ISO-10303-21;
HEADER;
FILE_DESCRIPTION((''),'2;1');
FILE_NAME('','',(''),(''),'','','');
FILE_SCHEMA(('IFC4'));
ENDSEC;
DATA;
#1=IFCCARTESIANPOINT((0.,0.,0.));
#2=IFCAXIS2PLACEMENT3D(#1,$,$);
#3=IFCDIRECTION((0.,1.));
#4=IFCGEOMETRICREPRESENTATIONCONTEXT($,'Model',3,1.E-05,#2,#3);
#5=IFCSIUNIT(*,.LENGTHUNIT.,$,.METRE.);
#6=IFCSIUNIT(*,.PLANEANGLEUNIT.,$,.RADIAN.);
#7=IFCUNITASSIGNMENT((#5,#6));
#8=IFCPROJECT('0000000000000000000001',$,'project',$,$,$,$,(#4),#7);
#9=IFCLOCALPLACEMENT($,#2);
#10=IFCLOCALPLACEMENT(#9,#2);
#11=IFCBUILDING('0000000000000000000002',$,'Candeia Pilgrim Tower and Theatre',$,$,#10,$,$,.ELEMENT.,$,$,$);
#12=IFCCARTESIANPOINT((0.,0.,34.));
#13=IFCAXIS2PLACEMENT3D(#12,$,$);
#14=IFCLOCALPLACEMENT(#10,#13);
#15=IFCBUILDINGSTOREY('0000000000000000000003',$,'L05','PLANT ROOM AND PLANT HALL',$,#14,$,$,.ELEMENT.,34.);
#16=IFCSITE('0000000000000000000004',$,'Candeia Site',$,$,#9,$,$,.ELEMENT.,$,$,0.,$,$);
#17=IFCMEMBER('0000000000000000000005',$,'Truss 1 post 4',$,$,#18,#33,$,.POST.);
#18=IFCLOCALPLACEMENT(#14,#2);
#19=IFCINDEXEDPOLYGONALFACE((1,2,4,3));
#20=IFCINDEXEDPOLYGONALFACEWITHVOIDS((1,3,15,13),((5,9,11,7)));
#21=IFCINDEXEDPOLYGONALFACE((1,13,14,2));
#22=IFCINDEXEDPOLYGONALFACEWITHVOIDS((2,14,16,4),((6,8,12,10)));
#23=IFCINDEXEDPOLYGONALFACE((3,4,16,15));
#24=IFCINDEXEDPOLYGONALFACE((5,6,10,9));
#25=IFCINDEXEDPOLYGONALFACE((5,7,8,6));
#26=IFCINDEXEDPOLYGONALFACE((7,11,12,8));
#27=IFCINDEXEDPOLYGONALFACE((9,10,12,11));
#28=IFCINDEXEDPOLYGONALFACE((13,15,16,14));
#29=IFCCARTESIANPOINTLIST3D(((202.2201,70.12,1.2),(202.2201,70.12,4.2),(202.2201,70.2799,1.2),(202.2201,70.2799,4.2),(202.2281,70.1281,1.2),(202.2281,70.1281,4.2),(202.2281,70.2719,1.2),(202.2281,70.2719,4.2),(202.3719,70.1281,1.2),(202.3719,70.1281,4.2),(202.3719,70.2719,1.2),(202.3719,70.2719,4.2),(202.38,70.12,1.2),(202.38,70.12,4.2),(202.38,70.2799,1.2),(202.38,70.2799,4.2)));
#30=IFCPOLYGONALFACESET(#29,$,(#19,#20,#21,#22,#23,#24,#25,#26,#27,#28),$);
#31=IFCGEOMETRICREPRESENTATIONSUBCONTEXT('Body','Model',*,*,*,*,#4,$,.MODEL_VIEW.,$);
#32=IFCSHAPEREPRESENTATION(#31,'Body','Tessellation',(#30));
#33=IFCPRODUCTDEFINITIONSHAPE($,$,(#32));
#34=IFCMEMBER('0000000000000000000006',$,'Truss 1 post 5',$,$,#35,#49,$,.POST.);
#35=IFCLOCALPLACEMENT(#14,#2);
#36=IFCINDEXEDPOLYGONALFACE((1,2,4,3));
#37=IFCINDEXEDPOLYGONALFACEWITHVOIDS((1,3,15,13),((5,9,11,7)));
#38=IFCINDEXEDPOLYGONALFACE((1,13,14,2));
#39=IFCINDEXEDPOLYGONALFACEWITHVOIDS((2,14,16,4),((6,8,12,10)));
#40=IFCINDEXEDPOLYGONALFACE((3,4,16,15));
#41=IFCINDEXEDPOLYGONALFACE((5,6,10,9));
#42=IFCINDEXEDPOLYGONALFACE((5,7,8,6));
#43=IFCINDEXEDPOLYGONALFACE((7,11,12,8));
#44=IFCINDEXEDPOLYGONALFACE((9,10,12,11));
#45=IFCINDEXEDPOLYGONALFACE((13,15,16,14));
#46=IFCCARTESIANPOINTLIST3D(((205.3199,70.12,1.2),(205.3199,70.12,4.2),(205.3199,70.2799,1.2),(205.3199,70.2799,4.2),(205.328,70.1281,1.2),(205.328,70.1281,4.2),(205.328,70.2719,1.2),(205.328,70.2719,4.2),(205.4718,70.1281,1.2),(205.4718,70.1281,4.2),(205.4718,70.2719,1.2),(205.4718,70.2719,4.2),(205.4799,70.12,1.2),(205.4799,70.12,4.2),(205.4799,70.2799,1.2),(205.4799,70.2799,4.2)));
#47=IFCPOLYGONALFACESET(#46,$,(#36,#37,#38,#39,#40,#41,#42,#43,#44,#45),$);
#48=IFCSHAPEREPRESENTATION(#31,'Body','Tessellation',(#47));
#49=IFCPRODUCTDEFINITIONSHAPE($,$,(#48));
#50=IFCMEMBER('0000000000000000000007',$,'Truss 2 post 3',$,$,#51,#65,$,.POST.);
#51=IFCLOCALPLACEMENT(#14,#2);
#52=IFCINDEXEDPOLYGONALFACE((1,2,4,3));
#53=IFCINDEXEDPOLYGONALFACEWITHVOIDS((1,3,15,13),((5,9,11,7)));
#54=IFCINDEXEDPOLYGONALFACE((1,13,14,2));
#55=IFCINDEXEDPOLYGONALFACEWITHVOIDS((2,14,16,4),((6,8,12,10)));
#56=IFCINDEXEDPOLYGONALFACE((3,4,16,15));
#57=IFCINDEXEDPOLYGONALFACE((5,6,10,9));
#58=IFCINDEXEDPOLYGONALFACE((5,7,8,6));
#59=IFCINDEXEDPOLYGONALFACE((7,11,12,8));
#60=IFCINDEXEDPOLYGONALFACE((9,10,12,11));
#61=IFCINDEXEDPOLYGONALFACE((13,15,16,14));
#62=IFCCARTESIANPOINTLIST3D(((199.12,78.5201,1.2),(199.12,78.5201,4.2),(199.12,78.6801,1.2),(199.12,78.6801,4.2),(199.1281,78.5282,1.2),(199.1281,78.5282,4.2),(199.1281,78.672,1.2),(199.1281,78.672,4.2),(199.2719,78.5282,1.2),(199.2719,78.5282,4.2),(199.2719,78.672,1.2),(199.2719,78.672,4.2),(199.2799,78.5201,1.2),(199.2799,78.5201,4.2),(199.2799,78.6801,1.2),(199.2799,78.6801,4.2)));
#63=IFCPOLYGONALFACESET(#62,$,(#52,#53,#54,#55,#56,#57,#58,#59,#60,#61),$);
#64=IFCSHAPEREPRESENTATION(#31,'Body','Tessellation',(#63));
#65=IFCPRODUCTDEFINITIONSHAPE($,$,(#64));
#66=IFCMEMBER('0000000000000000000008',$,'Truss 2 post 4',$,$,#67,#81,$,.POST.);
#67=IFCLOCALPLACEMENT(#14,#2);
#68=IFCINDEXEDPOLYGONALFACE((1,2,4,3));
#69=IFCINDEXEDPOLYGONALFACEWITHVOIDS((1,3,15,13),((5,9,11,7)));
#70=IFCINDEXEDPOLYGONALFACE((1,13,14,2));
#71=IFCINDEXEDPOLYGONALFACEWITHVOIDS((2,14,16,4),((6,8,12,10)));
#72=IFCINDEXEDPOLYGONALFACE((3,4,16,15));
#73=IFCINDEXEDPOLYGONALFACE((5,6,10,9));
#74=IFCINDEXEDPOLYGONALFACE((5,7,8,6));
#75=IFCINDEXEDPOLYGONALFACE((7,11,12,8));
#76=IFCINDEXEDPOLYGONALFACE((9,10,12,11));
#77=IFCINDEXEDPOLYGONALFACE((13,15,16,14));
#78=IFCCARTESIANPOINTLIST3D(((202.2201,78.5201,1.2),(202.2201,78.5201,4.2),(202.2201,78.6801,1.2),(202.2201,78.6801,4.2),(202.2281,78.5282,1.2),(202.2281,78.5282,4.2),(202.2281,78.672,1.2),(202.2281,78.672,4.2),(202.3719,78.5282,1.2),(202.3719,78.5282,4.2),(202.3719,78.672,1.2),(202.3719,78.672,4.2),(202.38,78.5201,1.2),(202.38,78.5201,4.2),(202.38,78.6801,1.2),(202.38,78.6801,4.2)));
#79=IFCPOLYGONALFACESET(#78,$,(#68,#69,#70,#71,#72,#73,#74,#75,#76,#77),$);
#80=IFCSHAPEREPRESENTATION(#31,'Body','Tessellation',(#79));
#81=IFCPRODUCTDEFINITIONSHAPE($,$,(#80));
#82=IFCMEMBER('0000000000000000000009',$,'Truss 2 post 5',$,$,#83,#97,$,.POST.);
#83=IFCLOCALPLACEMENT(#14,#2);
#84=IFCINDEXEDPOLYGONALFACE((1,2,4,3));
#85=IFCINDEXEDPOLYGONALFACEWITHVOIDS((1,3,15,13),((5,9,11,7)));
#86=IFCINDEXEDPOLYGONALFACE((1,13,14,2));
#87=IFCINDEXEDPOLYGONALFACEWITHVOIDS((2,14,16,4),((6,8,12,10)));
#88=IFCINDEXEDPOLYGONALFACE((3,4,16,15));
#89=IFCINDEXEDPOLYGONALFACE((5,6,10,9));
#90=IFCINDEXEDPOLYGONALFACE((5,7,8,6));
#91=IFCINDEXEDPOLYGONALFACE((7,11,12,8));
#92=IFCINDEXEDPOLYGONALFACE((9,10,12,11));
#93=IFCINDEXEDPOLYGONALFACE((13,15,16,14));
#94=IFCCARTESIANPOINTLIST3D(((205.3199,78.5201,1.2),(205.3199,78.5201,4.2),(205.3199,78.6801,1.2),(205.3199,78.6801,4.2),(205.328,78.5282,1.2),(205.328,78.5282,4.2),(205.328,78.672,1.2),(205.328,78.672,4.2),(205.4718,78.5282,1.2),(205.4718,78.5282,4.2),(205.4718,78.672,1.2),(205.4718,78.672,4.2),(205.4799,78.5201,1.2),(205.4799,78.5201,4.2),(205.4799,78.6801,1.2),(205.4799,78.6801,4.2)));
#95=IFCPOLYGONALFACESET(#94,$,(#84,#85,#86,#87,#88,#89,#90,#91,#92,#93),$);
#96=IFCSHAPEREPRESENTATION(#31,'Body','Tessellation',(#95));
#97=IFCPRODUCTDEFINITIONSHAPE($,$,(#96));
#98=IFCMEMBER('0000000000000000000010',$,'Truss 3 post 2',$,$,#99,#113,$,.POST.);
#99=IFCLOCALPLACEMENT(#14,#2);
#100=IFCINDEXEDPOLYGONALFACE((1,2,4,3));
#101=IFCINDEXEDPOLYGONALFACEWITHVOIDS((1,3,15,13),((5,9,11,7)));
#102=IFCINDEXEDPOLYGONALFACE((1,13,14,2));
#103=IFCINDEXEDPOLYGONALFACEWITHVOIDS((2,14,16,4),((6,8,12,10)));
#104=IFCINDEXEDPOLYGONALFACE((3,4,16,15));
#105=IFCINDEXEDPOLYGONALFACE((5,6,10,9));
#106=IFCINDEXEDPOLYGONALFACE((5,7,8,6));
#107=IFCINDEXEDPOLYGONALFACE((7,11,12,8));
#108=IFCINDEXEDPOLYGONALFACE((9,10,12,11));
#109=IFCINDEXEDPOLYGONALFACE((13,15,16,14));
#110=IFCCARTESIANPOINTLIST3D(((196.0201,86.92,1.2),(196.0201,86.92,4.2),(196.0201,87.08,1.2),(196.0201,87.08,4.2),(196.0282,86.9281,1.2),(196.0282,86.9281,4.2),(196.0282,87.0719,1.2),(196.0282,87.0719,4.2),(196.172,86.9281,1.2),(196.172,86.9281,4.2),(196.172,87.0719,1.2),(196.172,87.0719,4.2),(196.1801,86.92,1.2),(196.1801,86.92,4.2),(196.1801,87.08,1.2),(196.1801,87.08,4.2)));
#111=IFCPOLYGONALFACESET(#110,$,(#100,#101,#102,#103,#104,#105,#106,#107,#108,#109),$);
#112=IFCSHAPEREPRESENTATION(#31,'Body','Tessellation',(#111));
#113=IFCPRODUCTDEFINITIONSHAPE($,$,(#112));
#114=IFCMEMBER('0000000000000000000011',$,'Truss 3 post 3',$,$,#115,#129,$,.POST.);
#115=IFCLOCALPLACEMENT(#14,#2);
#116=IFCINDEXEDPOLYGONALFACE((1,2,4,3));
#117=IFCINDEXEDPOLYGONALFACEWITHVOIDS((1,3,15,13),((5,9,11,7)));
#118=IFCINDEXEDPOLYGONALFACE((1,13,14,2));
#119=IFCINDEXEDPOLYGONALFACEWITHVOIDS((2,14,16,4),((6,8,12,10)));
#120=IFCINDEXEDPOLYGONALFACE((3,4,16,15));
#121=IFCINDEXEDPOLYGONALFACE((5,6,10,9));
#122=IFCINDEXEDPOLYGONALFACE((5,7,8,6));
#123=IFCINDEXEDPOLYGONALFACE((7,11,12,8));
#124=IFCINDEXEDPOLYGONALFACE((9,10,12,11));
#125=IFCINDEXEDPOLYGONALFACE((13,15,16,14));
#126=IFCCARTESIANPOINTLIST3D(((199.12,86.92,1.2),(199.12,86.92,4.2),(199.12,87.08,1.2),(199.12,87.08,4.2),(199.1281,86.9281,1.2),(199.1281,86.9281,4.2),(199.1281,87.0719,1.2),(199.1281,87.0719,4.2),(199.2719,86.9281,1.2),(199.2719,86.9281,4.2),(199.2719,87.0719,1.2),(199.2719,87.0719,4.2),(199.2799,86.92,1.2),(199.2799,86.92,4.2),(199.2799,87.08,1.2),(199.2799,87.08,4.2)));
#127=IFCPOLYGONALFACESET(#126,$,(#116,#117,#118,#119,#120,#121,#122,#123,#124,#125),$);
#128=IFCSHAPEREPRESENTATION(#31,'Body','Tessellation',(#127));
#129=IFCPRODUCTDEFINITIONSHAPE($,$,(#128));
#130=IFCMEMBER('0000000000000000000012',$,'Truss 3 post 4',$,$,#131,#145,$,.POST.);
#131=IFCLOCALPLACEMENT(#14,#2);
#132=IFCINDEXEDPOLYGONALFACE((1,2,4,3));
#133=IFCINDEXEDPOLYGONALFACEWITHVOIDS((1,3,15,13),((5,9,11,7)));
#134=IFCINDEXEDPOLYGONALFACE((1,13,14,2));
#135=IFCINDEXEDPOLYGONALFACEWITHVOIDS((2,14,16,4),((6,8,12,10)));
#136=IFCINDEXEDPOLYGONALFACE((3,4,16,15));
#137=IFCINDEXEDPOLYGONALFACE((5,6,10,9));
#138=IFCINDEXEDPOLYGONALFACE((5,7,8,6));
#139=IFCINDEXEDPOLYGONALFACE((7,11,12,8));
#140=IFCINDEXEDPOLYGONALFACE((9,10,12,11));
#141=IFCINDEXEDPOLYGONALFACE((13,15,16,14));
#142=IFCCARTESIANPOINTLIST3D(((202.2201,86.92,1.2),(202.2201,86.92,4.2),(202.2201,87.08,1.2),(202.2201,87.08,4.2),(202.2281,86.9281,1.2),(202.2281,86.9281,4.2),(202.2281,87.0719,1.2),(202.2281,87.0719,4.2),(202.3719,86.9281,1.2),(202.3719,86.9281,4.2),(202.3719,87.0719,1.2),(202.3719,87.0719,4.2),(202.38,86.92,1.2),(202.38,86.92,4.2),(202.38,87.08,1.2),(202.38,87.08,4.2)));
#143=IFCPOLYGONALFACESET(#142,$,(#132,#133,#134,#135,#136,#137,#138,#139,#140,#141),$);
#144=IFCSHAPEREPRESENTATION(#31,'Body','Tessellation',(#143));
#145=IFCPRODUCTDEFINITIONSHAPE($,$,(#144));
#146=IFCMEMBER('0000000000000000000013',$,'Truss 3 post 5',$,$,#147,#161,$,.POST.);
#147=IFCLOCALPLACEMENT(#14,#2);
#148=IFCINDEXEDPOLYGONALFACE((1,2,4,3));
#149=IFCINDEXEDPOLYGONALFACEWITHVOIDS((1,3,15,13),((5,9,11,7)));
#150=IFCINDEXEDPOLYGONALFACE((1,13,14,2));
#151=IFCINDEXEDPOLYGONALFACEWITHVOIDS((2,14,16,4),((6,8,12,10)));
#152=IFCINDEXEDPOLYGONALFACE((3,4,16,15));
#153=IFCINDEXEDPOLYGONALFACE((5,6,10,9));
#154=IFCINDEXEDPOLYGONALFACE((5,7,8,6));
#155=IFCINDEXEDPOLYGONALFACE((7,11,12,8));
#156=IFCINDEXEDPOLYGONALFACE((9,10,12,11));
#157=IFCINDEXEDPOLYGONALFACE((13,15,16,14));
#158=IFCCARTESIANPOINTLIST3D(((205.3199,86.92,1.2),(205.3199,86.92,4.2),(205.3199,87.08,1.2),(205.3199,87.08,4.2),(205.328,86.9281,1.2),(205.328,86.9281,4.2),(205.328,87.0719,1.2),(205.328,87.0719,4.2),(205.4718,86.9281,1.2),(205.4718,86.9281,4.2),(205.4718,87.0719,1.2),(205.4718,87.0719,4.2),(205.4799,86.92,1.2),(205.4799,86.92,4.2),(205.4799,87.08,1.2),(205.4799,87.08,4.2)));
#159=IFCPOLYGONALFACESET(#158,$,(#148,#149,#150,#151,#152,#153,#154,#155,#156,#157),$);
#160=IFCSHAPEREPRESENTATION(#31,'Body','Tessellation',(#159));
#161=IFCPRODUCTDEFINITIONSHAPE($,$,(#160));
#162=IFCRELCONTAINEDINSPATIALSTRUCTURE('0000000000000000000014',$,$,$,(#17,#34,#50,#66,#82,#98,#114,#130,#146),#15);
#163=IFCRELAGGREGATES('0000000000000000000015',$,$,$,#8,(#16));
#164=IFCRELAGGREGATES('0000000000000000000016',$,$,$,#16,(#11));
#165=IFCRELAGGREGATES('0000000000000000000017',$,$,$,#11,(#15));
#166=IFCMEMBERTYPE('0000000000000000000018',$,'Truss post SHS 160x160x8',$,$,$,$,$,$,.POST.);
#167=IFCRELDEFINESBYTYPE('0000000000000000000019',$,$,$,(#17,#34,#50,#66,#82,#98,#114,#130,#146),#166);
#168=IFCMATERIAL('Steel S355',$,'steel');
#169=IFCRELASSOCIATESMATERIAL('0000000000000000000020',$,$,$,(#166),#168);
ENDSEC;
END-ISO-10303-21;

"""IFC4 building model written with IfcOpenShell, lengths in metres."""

from ifc_helpers import new_model, si_unit, direction, frame, origin, origin_2d, place, context, subcontext, project, spatial, hollow_rectangle, extrude, material, material_profile, profile_set, type_object, element, save


model = new_model("IFC4")

# Units and contexts
model_context = context("Model", 3, precision=1e-05, world=origin(), true_north=direction((0.0, 1.0)))
body_context = subcontext(model_context, "Body", "Model", "MODEL_VIEW")
ifc_project = project(units=[si_unit("LENGTHUNIT", "METRE"), si_unit("PLANEANGLEUNIT", "RADIAN")], contexts=[model_context])

# Site, building, storey
site_placement = place(None, origin())
site = spatial("IfcSite", under=ifc_project, at=site_placement, Name="Candeia Site", CompositionType="ELEMENT", RefElevation=0.0)
building_placement = place(site_placement, origin())
building = spatial("IfcBuilding", under=site, at=building_placement, Name="Candeia Pilgrim Tower and Theatre", CompositionType="ELEMENT")
storey_placement = place(building_placement, frame((0.0, 0.0, 34.0)))
storey = spatial("IfcBuildingStorey", under=building, at=storey_placement, Name="L05", Description="PLANT ROOM AND PLANT HALL", CompositionType="ELEMENT", Elevation=34.0)

# Members
ifc_material = material(Name="Steel S355", Category="steel")
ifc_material_profile_1 = material_profile(ifc_material, hollow_rectangle(XDim=0.1599, YDim=0.1599, WallThickness=0.0081, at=origin_2d()))
ifc_profile_set_1 = profile_set([ifc_material_profile_1], Name="Steel S355")
member_type_1 = type_object("IfcMemberType", Name="Truss post SHS 160x160x8", PredefinedType="POST", material=ifc_profile_set_1)
for number, where, z_axis, x_axis, name in (
    (1, (202.3, 70.2, 1.2), (0.0, 0.0, 1.0), (1.0, 0.0, 0.0), "Truss 1 post 4"),
    (2, (205.3999, 70.2, 1.2), (0.0, 0.0, 1.0), (1.0, 0.0, 0.0), "Truss 1 post 5"),
    (3, (199.2, 78.6001, 1.2), (0.0, 0.0, 1.0), (1.0, 0.0, 0.0), "Truss 2 post 3"),
    (4, (202.3, 78.6001, 1.2), (0.0, 0.0, 1.0), (1.0, 0.0, 0.0), "Truss 2 post 4"),
    (5, (205.3999, 78.6001, 1.2), (0.0, 0.0, 1.0), (1.0, 0.0, 0.0), "Truss 2 post 5"),
    (6, (196.1001, 87.0, 1.2), (0.0, 0.0, 1.0), (1.0, 0.0, 0.0), "Truss 3 post 2"),
    (7, (199.2, 87.0, 1.2), (0.0, 0.0, 1.0), (1.0, 0.0, 0.0), "Truss 3 post 3"),
    (8, (202.3, 87.0, 1.2), (0.0, 0.0, 1.0), (1.0, 0.0, 0.0), "Truss 3 post 4"),
    (9, (205.3999, 87.0, 1.2), (0.0, 0.0, 1.0), (1.0, 0.0, 0.0), "Truss 3 post 5"),
):
    element("IfcMember", number, at=place(storey_placement, frame(where, z_axis=z_axis, x_axis=x_axis)), inside=storey, type_object=member_type_1, Name=name, PredefinedType="POST", context=body_context, shape_type="SweptSolid", body=[
        extrude(hollow_rectangle(XDim=0.1599, YDim=0.1599, WallThickness=0.0081, at=origin_2d()), origin(), (0.0, 0.0, 1.0), 3.0),
    ])

save(model, "model.ifc")
